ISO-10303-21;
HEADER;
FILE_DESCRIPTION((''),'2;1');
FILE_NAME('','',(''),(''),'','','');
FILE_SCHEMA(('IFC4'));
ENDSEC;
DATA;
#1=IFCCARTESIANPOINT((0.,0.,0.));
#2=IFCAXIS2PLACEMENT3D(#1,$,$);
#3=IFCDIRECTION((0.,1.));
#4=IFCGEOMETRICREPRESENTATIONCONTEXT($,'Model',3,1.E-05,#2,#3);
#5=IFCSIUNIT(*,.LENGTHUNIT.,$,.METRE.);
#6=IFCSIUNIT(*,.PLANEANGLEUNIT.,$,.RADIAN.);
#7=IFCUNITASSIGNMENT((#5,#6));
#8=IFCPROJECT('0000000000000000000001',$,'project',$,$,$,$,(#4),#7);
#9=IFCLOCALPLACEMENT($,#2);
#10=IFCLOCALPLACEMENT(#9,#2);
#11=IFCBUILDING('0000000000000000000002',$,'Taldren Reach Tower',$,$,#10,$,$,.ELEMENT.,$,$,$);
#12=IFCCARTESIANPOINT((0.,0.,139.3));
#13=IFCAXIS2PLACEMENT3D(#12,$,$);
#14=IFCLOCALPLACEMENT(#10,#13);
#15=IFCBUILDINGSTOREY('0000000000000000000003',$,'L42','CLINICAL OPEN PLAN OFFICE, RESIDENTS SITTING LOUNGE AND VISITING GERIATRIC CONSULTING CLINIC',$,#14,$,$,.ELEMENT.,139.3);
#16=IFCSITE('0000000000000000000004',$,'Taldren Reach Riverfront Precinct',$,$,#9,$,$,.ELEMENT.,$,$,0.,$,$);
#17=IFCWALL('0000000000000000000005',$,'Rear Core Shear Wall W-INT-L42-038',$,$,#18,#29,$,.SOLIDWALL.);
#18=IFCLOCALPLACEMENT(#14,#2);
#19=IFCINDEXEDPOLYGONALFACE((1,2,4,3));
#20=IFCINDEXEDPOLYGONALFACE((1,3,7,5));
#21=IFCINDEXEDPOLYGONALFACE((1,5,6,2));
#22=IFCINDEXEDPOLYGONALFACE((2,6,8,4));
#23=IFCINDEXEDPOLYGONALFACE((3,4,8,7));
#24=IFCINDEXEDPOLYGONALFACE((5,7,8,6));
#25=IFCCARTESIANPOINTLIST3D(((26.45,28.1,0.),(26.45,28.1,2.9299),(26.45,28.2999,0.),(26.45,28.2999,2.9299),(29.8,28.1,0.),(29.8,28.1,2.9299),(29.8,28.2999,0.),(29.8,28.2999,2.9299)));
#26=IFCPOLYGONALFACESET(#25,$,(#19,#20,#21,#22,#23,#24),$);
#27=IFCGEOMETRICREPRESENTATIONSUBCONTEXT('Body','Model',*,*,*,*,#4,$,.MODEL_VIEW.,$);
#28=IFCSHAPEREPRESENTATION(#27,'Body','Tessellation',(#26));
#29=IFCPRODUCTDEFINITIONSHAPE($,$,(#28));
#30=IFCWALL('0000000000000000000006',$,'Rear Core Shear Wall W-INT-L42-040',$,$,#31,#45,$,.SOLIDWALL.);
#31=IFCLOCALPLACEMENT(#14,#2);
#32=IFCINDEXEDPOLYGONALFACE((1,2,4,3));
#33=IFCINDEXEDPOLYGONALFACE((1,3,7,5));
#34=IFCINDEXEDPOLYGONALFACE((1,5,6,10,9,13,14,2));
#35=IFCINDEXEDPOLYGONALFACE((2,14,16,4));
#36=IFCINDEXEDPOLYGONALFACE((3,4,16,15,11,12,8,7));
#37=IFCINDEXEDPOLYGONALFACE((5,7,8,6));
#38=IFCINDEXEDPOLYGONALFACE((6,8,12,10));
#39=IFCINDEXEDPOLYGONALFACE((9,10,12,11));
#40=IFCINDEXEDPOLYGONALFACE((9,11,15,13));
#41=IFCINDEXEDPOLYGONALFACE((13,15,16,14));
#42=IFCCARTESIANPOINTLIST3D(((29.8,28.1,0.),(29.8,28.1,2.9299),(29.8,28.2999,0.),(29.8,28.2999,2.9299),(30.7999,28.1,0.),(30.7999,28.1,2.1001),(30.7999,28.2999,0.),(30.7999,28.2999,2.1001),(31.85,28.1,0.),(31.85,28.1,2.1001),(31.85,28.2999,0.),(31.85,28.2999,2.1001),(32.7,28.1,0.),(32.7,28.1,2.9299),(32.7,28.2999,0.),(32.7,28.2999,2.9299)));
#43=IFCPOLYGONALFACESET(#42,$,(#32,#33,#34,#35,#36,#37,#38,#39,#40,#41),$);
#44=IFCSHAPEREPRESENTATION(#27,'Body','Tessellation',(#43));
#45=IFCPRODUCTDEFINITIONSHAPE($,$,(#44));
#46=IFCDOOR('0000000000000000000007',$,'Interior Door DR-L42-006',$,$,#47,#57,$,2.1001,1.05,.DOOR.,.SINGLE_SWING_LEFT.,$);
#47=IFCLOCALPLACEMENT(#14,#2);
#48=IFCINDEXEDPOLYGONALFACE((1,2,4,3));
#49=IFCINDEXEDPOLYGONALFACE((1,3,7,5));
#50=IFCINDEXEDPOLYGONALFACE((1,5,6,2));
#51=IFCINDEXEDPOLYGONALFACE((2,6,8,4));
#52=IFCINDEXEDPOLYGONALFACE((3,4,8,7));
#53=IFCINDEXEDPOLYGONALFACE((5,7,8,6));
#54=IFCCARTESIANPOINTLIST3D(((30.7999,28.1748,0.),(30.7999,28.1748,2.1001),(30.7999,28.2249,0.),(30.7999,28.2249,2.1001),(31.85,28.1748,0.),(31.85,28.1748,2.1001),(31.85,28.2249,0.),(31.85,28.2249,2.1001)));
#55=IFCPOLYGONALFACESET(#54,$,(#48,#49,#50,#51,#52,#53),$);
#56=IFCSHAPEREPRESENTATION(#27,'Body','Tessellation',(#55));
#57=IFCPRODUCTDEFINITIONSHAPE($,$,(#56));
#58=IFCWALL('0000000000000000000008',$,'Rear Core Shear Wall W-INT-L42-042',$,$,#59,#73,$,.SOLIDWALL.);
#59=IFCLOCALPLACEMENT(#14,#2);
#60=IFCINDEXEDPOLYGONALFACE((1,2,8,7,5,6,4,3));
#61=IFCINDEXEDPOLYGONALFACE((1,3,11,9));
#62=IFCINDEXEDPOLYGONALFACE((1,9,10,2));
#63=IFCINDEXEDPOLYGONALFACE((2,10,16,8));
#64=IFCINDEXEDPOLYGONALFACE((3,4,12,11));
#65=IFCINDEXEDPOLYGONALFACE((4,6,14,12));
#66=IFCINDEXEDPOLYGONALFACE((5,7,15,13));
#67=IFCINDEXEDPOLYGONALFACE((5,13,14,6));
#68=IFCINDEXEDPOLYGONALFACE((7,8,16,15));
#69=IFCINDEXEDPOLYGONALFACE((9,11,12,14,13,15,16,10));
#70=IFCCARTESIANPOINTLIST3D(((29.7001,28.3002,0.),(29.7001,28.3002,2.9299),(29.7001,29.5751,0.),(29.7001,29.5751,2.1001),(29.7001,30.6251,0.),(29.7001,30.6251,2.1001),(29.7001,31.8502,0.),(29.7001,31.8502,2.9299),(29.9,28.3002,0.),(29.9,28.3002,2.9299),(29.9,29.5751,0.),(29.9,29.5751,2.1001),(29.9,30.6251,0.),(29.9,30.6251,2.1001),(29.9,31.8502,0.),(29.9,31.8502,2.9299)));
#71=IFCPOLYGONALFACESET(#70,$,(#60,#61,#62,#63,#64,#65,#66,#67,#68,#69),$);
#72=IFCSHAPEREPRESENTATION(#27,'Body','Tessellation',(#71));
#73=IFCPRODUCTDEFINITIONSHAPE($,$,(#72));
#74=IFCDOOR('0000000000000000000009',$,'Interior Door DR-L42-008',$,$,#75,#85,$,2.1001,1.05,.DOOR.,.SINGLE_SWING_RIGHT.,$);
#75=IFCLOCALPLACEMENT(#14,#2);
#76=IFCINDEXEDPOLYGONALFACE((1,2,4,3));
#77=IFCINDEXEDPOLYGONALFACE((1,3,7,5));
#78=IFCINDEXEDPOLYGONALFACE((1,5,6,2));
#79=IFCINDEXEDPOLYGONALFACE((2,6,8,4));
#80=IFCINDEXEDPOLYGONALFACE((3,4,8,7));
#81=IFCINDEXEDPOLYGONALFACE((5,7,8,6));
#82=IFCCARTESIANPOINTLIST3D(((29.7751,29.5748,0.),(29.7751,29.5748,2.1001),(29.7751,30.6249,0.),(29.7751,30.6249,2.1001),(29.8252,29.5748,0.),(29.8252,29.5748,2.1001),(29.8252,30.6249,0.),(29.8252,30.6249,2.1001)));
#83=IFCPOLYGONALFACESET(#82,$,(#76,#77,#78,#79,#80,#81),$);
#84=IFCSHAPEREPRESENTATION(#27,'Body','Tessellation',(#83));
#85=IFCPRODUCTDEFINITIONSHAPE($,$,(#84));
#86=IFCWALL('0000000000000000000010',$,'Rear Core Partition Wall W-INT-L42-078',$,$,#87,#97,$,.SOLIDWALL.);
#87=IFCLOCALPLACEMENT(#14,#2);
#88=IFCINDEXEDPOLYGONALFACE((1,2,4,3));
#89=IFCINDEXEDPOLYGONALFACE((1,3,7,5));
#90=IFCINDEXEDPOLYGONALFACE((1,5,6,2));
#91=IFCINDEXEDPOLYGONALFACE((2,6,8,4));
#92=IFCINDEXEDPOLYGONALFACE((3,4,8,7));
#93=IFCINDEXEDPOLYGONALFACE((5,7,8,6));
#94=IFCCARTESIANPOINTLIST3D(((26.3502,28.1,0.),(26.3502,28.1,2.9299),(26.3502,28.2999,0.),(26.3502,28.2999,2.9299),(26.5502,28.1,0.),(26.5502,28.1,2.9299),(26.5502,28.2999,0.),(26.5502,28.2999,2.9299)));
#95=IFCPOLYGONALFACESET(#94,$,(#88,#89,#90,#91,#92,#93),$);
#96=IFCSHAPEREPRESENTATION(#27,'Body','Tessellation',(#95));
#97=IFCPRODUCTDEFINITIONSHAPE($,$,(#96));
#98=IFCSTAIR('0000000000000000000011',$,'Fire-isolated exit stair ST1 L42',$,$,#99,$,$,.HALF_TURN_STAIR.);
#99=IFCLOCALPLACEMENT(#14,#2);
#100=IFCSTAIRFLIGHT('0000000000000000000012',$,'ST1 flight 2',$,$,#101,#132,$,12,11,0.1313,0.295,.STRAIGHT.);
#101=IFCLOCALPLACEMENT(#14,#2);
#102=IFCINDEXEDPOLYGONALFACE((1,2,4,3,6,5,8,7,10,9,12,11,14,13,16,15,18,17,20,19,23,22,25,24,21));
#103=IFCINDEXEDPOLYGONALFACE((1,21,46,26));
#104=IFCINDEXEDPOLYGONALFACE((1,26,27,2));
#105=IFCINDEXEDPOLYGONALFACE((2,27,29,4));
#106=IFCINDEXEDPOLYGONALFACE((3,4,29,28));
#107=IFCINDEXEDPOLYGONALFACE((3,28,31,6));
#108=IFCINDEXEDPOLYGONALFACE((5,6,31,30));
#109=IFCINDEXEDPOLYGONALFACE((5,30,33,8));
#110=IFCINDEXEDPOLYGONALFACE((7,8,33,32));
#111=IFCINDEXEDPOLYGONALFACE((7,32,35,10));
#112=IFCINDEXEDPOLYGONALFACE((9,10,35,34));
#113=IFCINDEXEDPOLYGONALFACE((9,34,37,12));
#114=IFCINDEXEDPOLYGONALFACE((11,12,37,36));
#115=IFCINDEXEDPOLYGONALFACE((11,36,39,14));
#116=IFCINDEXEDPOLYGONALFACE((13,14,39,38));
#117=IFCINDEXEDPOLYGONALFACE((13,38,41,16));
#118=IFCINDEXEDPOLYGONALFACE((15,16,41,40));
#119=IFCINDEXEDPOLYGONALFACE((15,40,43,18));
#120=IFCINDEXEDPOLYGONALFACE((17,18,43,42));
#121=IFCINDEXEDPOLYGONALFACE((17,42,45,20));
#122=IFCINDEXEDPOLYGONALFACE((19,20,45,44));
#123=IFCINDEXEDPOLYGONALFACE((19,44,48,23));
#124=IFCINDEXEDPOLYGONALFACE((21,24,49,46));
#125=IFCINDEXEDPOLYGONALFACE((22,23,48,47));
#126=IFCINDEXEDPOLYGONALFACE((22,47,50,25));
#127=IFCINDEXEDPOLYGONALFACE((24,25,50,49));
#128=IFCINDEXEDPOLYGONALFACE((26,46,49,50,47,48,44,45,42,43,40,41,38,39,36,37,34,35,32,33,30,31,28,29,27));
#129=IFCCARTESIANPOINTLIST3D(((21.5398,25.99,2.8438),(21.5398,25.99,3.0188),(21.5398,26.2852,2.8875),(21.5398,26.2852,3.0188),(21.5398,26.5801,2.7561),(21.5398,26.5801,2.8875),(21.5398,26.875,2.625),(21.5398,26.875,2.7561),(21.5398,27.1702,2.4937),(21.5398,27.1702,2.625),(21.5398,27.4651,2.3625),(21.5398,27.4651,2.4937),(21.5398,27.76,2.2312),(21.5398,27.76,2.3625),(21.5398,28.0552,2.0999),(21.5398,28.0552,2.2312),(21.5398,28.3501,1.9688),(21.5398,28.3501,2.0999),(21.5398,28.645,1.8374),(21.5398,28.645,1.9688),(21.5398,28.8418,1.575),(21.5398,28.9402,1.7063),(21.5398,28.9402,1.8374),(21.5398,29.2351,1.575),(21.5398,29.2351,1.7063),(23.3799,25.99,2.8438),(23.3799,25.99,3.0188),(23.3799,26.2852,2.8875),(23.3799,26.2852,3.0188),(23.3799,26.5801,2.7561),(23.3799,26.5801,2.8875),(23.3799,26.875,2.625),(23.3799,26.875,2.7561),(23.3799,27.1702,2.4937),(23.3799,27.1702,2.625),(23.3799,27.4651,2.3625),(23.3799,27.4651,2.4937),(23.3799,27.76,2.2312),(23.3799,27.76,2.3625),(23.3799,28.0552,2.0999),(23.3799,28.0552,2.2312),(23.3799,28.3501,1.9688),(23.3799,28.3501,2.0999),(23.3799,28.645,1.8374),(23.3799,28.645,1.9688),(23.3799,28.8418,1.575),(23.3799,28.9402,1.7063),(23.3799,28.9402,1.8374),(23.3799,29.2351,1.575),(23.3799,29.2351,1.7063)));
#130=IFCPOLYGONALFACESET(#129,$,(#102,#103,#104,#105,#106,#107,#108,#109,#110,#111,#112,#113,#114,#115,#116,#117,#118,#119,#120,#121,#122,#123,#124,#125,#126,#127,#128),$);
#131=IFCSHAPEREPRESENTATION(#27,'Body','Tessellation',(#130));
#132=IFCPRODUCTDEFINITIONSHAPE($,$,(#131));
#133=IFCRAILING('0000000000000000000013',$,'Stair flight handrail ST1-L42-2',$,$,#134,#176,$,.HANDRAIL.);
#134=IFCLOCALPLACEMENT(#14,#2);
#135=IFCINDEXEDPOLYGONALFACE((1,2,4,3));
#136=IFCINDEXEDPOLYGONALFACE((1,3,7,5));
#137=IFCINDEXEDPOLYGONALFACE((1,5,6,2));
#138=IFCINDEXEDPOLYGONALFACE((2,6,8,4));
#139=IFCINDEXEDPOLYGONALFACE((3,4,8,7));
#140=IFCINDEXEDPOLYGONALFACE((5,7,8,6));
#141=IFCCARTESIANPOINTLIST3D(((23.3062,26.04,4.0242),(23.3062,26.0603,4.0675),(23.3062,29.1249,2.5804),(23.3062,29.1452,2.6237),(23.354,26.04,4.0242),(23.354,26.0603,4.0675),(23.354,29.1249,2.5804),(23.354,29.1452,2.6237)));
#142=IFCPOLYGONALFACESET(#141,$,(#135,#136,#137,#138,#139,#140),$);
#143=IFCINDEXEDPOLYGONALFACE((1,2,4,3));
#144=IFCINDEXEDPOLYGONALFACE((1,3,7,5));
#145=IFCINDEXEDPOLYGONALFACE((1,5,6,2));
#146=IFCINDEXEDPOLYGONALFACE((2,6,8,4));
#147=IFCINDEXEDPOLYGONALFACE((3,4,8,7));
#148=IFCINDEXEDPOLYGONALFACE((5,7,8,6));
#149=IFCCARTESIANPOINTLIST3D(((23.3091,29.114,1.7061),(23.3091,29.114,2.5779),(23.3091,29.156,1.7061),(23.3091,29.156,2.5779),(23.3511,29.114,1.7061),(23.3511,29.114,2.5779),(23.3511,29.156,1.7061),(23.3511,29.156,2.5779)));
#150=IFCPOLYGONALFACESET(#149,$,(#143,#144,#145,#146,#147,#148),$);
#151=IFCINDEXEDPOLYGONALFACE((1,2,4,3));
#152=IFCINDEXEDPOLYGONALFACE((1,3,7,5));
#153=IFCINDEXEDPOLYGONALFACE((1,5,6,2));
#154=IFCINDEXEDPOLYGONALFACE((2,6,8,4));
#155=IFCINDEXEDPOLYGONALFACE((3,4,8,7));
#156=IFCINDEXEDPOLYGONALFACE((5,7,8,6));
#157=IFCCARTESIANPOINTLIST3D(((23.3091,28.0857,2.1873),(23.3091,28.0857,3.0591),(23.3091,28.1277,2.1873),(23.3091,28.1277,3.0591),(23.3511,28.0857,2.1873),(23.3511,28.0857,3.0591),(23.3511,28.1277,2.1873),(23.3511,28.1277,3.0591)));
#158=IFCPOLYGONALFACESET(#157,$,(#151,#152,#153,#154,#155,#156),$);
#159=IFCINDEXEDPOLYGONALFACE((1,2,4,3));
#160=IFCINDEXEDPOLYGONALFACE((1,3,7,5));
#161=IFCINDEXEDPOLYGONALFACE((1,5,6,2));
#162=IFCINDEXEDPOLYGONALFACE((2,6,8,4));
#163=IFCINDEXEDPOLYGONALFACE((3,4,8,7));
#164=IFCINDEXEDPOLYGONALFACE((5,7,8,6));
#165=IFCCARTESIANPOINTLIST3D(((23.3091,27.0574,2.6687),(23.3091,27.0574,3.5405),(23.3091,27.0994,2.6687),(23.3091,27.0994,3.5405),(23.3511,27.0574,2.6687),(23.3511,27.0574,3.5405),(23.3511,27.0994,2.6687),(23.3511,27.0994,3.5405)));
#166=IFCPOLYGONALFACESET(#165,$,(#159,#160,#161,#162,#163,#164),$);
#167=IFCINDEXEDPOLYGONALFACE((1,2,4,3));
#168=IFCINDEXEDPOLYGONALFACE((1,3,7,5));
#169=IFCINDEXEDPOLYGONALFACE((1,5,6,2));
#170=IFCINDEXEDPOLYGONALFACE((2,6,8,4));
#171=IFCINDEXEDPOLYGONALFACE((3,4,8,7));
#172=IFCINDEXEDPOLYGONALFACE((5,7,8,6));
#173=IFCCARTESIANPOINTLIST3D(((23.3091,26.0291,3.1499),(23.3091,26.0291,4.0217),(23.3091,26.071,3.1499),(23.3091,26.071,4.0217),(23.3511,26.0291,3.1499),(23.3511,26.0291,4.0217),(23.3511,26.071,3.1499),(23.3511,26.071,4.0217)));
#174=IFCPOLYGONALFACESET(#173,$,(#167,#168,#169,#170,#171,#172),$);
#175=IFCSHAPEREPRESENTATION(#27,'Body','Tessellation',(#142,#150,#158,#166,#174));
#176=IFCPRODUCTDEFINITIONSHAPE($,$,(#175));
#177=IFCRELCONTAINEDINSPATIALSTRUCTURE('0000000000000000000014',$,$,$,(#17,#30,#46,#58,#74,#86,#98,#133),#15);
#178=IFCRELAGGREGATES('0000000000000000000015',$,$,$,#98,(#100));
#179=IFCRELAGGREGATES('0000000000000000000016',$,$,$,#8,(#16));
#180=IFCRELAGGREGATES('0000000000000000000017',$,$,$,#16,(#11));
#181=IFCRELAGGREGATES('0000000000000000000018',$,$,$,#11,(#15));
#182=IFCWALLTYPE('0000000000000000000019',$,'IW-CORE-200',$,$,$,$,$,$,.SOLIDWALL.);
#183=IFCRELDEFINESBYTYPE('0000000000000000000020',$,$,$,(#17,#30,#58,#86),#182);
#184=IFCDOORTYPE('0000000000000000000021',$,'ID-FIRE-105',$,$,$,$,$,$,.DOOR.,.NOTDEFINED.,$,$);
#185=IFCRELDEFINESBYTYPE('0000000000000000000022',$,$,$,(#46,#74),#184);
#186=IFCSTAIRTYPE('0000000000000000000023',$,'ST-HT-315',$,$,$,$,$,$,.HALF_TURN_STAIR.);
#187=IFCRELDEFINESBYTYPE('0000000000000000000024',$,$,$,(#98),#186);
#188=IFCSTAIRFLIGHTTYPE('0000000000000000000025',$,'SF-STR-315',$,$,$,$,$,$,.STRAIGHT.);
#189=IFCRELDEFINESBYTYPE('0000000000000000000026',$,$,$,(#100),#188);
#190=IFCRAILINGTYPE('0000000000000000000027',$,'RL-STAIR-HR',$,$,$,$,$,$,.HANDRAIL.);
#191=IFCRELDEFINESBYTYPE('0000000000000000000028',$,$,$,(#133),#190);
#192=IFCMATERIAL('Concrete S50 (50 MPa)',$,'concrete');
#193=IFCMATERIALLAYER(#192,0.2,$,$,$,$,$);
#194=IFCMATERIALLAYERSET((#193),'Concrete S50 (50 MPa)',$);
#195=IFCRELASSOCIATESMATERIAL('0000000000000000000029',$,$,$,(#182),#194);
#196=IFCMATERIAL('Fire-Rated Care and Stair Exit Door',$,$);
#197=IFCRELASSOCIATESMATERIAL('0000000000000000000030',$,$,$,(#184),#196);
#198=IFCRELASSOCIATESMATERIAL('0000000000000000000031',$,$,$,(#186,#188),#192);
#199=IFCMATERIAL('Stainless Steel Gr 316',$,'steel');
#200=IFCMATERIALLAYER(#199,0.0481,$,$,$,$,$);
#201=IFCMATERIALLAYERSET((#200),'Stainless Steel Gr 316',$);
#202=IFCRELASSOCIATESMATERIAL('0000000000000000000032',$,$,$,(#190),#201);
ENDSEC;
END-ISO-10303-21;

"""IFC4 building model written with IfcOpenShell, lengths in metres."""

from ifc_helpers import new_model, si_unit, direction, frame, frame_2d, origin, origin_2d, place, context, subcontext, project, spatial, polyline, rectangle, outline, extrude, source, transform, mapped, material, layer, layer_set, type_object, element, fill, aggregate, save


model = new_model("IFC4")

# Units and contexts
model_context = context("Model", 3, precision=1e-05, world=origin(), true_north=direction((0.0, 1.0)))
body_context = subcontext(model_context, "Body", "Model", "MODEL_VIEW")
ifc_project = project(units=[si_unit("LENGTHUNIT", "METRE"), si_unit("PLANEANGLEUNIT", "RADIAN")], contexts=[model_context])

# Site, building, storey
site_placement = place(None, origin())
site = spatial("IfcSite", under=ifc_project, at=site_placement, Name="Taldren Reach Riverfront Precinct", CompositionType="ELEMENT", RefElevation=0.0)
building_placement = place(site_placement, origin())
building = spatial("IfcBuilding", under=site, at=building_placement, Name="Taldren Reach Tower", CompositionType="ELEMENT")
storey_placement = place(building_placement, frame((0.0, 0.0, 139.3)))
storey = spatial("IfcBuildingStorey", under=building, at=storey_placement, Name="L42", Description="CLINICAL OPEN PLAN OFFICE, RESIDENTS SITTING LOUNGE AND VISITING GERIATRIC CONSULTING CLINIC", CompositionType="ELEMENT", Elevation=139.3)

# Wall
ifc_material_1 = material(Name="Concrete S50 (50 MPa)", Category="concrete")
ifc_layer_1 = layer(ifc_material_1, 0.2)
ifc_layer_set_1 = layer_set([ifc_layer_1], Name="Concrete S50 (50 MPa)")
wall_type_1 = type_object("IfcWallType", Name="IW-CORE-200", PredefinedType="SOLIDWALL", material=ifc_layer_set_1)
shared_shape_1 = source(origin(), body_context, "Body", "SweptSolid", [
    extrude(rectangle(XDim=3.3501, YDim=0.2, at=frame_2d((1.675, 0.0))), origin(), (0.0, 0.0, 1.0), 2.9299),
])
wall_1_placement = place(storey_placement, frame((26.45, 28.2, 0.0), z_axis=(0.0, 0.0, 1.0), x_axis=(1.0, 0.0, 0.0)))
element("IfcWall", 1, at=wall_1_placement, inside=storey, type_object=wall_type_1, Name="Rear Core Shear Wall W-INT-L42-038", PredefinedType="SOLIDWALL", context=body_context, shape_type="MappedRepresentation", body=[
    mapped(shared_shape_1, transform((0.0, 0.0, 0.0), scale=1.0)),
])

# Walls, openings, doors
shared_shape_2 = source(origin(), body_context, "Body", "SweptSolid", [
    extrude(rectangle(XDim=2.8999, YDim=0.2, at=frame_2d((1.45, 0.0))), origin(), (0.0, 0.0, 1.0), 2.9299),
])
wall_2_placement = place(storey_placement, frame((29.8, 28.2, 0.0), z_axis=(0.0, 0.0, 1.0), x_axis=(1.0, 0.0, 0.0)))
wall_2 = element("IfcWall", 2, at=wall_2_placement, inside=storey, type_object=wall_type_1, Name="Rear Core Shear Wall W-INT-L42-040", PredefinedType="SOLIDWALL", context=body_context, shape_type="MappedRepresentation", body=[
    mapped(shared_shape_2, transform((0.0, 0.0, 0.0), scale=1.0)),
])
shared_shape_3 = source(origin(), body_context, "Body", "SweptSolid", [
    extrude(rectangle(XDim=1.05, YDim=2.1001, at=frame_2d((0.5249, 1.05))), frame((0.0, 0.1099, 0.0), z_axis=(0.0, -1.0, 0.0), x_axis=(1.0, 0.0, 0.0)), (0.0, 0.0, 1.0), 0.22),
])
opening_1_placement = place(wall_2_placement, frame((1.0, 0.0, 0.0)))
opening_1 = element("IfcOpeningElement", 3, at=opening_1_placement, cuts=wall_2, PredefinedType="OPENING", context=body_context, shape_type="MappedRepresentation", body=[
    mapped(shared_shape_3, transform((0.0, 0.0, 0.0), scale=1.0)),
])
ifc_material_2 = material(Name="Fire-Rated Care and Stair Exit Door")
door_type_1 = type_object("IfcDoorType", Name="ID-FIRE-105", OperationType="NOTDEFINED", PredefinedType="DOOR", material=ifc_material_2)
shared_shape_4 = source(origin(), body_context, "Body", "SweptSolid", [
    extrude(rectangle(XDim=1.05, YDim=2.1001, at=frame_2d((0.5249, 1.05))), frame((0.0, 0.0249, 0.0), z_axis=(0.0, -1.0, 0.0), x_axis=(1.0, 0.0, 0.0)), (0.0, 0.0, 1.0), 0.05),
])
door_1_placement = place(opening_1_placement, origin())
door_1 = element("IfcDoor", 4, at=door_1_placement, inside=storey, type_object=door_type_1, Name="Interior Door DR-L42-006", OperationType="SINGLE_SWING_LEFT", OverallHeight=2.1001, OverallWidth=1.05, PredefinedType="DOOR", context=body_context, shape_type="MappedRepresentation", body=[
    mapped(shared_shape_4, transform((0.0, 0.0, 0.0), scale=1.0)),
])
fill(opening_1, door_1)
shared_shape_5 = source(origin(), body_context, "Body", "SweptSolid", [
    extrude(rectangle(XDim=3.55, YDim=0.2, at=frame_2d((1.7749, 0.0))), origin(), (0.0, 0.0, 1.0), 2.9299),
])
wall_3_placement = place(storey_placement, frame((29.8, 31.8501, 0.0), z_axis=(0.0, 0.0, 1.0), x_axis=(0.0, -1.0, 0.0)))
wall_3 = element("IfcWall", 5, at=wall_3_placement, inside=storey, type_object=wall_type_1, Name="Rear Core Shear Wall W-INT-L42-042", PredefinedType="SOLIDWALL", context=body_context, shape_type="MappedRepresentation", body=[
    mapped(shared_shape_5, transform((0.0, 0.0, 0.0), scale=1.0)),
])
opening_2_placement = place(wall_3_placement, frame((1.2251, 0.0, 0.0)))
opening_2 = element("IfcOpeningElement", 6, at=opening_2_placement, cuts=wall_3, PredefinedType="OPENING", context=body_context, shape_type="MappedRepresentation", body=[
    mapped(shared_shape_3, transform((0.0, 0.0, 0.0), scale=1.0)),
])
door_2_placement = place(opening_2_placement, frame((1.05, 0.0, 0.0), z_axis=(0.0, 0.0, 1.0), x_axis=(-1.0, 0.0, 0.0)))
door_2 = element("IfcDoor", 7, at=door_2_placement, inside=storey, type_object=door_type_1, Name="Interior Door DR-L42-008", OperationType="SINGLE_SWING_RIGHT", OverallHeight=2.1001, OverallWidth=1.05, PredefinedType="DOOR", context=body_context, shape_type="MappedRepresentation", body=[
    mapped(shared_shape_4, transform((0.0, 0.0, 0.0), scale=1.0)),
])
fill(opening_2, door_2)

# Wall
shared_shape_6 = source(origin(), body_context, "Body", "SweptSolid", [
    extrude(rectangle(XDim=0.2, YDim=0.2, at=frame_2d((0.1001, 0.0))), origin(), (0.0, 0.0, 1.0), 2.9299),
])
wall_4_placement = place(storey_placement, frame((26.3501, 28.2, 0.0), z_axis=(0.0, 0.0, 1.0), x_axis=(1.0, 0.0, 0.0)))
element("IfcWall", 8, at=wall_4_placement, inside=storey, type_object=wall_type_1, Name="Rear Core Partition Wall W-INT-L42-078", PredefinedType="SOLIDWALL", context=body_context, shape_type="MappedRepresentation", body=[
    mapped(shared_shape_6, transform((0.0, 0.0, 0.0), scale=1.0)),
])

# Stair, stair flight
stair_type = type_object("IfcStairType", Name="ST-HT-315", PredefinedType="HALF_TURN_STAIR", material=ifc_material_1)
stair_placement = place(storey_placement, origin())
stair = element("IfcStair", 9, at=stair_placement, inside=storey, type_object=stair_type, Name="Fire-isolated exit stair ST1 L42", PredefinedType="HALF_TURN_STAIR")
stair_flight_type = type_object("IfcStairFlightType", Name="SF-STR-315", PredefinedType="STRAIGHT", material=ifc_material_1)
stair_flight_placement = place(storey_placement, frame((22.46, 29.2351, 1.575), z_axis=(0.0, 0.0, 1.0), x_axis=(0.0, -1.0, 0.0)))
stair_flight = element("IfcStairFlight", 10, at=stair_flight_placement, type_object=stair_flight_type, Name="ST1 flight 2", NumberOfRisers=12, NumberOfTreads=11, PredefinedType="STRAIGHT", RiserHeight=0.1313, TreadLength=0.295, context=body_context, shape_type="SweptSolid", body=[
    extrude(outline(polyline([(0.0, 0.0), (0.0, 0.1313), (0.2949, 0.1313), (0.2949, 0.2625), (0.5901, 0.2625), (0.5901, 0.3938), (0.885, 0.3938), (0.885, 0.5249), (1.1799, 0.5249), (1.1799, 0.6562), (1.4751, 0.6562), (1.4751, 0.7876), (1.77, 0.7876), (1.77, 0.9187), (2.0649, 0.9187), (2.0649, 1.05), (2.3601, 1.05), (2.3601, 1.1812), (2.655, 1.1812), (2.655, 1.3125), (2.95, 1.3125), (2.95, 1.4438), (3.2451, 1.4438), (3.2451, 1.575), (3.2451, 1.2688), (0.3933, 0.0), (0.0, 0.0)])), frame((0.0, 0.9199, 0.0), z_axis=(0.0, -1.0, 0.0), x_axis=(1.0, 0.0, 0.0)), (0.0, 0.0, 1.0), 1.8401),
])
aggregate(stair, [stair_flight])

# Railing
ifc_material_3 = material(Name="Stainless Steel Gr 316", Category="steel")
ifc_layer_2 = layer(ifc_material_3, 0.0481)
ifc_layer_set_2 = layer_set([ifc_layer_2], Name="Stainless Steel Gr 316")
railing_type = type_object("IfcRailingType", Name="RL-STAIR-HR", PredefinedType="HANDRAIL", material=ifc_layer_set_2)
railing_placement = place(storey_placement, frame((23.3301, 29.135, 1.7061)))
element("IfcRailing", 11, at=railing_placement, inside=storey, type_object=railing_type, Name="Stair flight handrail ST1-L42-2", PredefinedType="HANDRAIL", context=body_context, shape_type="SweptSolid", body=[
    extrude(rectangle(XDim=0.0479, YDim=0.0479, at=origin_2d()), frame((0.0, 0.0, 0.896), z_axis=(0.0, -0.90571, 0.423898), x_axis=(1.0, 0.0, 0.0)), (0.0, 0.0, 1.0), 3.406),
    extrude(rectangle(XDim=0.042, YDim=0.042, at=origin_2d()), origin(), (0.0, 0.0, 1.0), 0.8718),
    extrude(rectangle(XDim=0.042, YDim=0.042, at=origin_2d()), frame((0.0, -1.0283, 0.4812)), (0.0, 0.0, 1.0), 0.8718),
    extrude(rectangle(XDim=0.042, YDim=0.042, at=origin_2d()), frame((0.0, -2.0566, 0.9626)), (0.0, 0.0, 1.0), 0.8718),
    extrude(rectangle(XDim=0.042, YDim=0.042, at=origin_2d()), frame((0.0, -3.085, 1.4438)), (0.0, 0.0, 1.0), 0.8718),
])

save(model, "model.ifc")
